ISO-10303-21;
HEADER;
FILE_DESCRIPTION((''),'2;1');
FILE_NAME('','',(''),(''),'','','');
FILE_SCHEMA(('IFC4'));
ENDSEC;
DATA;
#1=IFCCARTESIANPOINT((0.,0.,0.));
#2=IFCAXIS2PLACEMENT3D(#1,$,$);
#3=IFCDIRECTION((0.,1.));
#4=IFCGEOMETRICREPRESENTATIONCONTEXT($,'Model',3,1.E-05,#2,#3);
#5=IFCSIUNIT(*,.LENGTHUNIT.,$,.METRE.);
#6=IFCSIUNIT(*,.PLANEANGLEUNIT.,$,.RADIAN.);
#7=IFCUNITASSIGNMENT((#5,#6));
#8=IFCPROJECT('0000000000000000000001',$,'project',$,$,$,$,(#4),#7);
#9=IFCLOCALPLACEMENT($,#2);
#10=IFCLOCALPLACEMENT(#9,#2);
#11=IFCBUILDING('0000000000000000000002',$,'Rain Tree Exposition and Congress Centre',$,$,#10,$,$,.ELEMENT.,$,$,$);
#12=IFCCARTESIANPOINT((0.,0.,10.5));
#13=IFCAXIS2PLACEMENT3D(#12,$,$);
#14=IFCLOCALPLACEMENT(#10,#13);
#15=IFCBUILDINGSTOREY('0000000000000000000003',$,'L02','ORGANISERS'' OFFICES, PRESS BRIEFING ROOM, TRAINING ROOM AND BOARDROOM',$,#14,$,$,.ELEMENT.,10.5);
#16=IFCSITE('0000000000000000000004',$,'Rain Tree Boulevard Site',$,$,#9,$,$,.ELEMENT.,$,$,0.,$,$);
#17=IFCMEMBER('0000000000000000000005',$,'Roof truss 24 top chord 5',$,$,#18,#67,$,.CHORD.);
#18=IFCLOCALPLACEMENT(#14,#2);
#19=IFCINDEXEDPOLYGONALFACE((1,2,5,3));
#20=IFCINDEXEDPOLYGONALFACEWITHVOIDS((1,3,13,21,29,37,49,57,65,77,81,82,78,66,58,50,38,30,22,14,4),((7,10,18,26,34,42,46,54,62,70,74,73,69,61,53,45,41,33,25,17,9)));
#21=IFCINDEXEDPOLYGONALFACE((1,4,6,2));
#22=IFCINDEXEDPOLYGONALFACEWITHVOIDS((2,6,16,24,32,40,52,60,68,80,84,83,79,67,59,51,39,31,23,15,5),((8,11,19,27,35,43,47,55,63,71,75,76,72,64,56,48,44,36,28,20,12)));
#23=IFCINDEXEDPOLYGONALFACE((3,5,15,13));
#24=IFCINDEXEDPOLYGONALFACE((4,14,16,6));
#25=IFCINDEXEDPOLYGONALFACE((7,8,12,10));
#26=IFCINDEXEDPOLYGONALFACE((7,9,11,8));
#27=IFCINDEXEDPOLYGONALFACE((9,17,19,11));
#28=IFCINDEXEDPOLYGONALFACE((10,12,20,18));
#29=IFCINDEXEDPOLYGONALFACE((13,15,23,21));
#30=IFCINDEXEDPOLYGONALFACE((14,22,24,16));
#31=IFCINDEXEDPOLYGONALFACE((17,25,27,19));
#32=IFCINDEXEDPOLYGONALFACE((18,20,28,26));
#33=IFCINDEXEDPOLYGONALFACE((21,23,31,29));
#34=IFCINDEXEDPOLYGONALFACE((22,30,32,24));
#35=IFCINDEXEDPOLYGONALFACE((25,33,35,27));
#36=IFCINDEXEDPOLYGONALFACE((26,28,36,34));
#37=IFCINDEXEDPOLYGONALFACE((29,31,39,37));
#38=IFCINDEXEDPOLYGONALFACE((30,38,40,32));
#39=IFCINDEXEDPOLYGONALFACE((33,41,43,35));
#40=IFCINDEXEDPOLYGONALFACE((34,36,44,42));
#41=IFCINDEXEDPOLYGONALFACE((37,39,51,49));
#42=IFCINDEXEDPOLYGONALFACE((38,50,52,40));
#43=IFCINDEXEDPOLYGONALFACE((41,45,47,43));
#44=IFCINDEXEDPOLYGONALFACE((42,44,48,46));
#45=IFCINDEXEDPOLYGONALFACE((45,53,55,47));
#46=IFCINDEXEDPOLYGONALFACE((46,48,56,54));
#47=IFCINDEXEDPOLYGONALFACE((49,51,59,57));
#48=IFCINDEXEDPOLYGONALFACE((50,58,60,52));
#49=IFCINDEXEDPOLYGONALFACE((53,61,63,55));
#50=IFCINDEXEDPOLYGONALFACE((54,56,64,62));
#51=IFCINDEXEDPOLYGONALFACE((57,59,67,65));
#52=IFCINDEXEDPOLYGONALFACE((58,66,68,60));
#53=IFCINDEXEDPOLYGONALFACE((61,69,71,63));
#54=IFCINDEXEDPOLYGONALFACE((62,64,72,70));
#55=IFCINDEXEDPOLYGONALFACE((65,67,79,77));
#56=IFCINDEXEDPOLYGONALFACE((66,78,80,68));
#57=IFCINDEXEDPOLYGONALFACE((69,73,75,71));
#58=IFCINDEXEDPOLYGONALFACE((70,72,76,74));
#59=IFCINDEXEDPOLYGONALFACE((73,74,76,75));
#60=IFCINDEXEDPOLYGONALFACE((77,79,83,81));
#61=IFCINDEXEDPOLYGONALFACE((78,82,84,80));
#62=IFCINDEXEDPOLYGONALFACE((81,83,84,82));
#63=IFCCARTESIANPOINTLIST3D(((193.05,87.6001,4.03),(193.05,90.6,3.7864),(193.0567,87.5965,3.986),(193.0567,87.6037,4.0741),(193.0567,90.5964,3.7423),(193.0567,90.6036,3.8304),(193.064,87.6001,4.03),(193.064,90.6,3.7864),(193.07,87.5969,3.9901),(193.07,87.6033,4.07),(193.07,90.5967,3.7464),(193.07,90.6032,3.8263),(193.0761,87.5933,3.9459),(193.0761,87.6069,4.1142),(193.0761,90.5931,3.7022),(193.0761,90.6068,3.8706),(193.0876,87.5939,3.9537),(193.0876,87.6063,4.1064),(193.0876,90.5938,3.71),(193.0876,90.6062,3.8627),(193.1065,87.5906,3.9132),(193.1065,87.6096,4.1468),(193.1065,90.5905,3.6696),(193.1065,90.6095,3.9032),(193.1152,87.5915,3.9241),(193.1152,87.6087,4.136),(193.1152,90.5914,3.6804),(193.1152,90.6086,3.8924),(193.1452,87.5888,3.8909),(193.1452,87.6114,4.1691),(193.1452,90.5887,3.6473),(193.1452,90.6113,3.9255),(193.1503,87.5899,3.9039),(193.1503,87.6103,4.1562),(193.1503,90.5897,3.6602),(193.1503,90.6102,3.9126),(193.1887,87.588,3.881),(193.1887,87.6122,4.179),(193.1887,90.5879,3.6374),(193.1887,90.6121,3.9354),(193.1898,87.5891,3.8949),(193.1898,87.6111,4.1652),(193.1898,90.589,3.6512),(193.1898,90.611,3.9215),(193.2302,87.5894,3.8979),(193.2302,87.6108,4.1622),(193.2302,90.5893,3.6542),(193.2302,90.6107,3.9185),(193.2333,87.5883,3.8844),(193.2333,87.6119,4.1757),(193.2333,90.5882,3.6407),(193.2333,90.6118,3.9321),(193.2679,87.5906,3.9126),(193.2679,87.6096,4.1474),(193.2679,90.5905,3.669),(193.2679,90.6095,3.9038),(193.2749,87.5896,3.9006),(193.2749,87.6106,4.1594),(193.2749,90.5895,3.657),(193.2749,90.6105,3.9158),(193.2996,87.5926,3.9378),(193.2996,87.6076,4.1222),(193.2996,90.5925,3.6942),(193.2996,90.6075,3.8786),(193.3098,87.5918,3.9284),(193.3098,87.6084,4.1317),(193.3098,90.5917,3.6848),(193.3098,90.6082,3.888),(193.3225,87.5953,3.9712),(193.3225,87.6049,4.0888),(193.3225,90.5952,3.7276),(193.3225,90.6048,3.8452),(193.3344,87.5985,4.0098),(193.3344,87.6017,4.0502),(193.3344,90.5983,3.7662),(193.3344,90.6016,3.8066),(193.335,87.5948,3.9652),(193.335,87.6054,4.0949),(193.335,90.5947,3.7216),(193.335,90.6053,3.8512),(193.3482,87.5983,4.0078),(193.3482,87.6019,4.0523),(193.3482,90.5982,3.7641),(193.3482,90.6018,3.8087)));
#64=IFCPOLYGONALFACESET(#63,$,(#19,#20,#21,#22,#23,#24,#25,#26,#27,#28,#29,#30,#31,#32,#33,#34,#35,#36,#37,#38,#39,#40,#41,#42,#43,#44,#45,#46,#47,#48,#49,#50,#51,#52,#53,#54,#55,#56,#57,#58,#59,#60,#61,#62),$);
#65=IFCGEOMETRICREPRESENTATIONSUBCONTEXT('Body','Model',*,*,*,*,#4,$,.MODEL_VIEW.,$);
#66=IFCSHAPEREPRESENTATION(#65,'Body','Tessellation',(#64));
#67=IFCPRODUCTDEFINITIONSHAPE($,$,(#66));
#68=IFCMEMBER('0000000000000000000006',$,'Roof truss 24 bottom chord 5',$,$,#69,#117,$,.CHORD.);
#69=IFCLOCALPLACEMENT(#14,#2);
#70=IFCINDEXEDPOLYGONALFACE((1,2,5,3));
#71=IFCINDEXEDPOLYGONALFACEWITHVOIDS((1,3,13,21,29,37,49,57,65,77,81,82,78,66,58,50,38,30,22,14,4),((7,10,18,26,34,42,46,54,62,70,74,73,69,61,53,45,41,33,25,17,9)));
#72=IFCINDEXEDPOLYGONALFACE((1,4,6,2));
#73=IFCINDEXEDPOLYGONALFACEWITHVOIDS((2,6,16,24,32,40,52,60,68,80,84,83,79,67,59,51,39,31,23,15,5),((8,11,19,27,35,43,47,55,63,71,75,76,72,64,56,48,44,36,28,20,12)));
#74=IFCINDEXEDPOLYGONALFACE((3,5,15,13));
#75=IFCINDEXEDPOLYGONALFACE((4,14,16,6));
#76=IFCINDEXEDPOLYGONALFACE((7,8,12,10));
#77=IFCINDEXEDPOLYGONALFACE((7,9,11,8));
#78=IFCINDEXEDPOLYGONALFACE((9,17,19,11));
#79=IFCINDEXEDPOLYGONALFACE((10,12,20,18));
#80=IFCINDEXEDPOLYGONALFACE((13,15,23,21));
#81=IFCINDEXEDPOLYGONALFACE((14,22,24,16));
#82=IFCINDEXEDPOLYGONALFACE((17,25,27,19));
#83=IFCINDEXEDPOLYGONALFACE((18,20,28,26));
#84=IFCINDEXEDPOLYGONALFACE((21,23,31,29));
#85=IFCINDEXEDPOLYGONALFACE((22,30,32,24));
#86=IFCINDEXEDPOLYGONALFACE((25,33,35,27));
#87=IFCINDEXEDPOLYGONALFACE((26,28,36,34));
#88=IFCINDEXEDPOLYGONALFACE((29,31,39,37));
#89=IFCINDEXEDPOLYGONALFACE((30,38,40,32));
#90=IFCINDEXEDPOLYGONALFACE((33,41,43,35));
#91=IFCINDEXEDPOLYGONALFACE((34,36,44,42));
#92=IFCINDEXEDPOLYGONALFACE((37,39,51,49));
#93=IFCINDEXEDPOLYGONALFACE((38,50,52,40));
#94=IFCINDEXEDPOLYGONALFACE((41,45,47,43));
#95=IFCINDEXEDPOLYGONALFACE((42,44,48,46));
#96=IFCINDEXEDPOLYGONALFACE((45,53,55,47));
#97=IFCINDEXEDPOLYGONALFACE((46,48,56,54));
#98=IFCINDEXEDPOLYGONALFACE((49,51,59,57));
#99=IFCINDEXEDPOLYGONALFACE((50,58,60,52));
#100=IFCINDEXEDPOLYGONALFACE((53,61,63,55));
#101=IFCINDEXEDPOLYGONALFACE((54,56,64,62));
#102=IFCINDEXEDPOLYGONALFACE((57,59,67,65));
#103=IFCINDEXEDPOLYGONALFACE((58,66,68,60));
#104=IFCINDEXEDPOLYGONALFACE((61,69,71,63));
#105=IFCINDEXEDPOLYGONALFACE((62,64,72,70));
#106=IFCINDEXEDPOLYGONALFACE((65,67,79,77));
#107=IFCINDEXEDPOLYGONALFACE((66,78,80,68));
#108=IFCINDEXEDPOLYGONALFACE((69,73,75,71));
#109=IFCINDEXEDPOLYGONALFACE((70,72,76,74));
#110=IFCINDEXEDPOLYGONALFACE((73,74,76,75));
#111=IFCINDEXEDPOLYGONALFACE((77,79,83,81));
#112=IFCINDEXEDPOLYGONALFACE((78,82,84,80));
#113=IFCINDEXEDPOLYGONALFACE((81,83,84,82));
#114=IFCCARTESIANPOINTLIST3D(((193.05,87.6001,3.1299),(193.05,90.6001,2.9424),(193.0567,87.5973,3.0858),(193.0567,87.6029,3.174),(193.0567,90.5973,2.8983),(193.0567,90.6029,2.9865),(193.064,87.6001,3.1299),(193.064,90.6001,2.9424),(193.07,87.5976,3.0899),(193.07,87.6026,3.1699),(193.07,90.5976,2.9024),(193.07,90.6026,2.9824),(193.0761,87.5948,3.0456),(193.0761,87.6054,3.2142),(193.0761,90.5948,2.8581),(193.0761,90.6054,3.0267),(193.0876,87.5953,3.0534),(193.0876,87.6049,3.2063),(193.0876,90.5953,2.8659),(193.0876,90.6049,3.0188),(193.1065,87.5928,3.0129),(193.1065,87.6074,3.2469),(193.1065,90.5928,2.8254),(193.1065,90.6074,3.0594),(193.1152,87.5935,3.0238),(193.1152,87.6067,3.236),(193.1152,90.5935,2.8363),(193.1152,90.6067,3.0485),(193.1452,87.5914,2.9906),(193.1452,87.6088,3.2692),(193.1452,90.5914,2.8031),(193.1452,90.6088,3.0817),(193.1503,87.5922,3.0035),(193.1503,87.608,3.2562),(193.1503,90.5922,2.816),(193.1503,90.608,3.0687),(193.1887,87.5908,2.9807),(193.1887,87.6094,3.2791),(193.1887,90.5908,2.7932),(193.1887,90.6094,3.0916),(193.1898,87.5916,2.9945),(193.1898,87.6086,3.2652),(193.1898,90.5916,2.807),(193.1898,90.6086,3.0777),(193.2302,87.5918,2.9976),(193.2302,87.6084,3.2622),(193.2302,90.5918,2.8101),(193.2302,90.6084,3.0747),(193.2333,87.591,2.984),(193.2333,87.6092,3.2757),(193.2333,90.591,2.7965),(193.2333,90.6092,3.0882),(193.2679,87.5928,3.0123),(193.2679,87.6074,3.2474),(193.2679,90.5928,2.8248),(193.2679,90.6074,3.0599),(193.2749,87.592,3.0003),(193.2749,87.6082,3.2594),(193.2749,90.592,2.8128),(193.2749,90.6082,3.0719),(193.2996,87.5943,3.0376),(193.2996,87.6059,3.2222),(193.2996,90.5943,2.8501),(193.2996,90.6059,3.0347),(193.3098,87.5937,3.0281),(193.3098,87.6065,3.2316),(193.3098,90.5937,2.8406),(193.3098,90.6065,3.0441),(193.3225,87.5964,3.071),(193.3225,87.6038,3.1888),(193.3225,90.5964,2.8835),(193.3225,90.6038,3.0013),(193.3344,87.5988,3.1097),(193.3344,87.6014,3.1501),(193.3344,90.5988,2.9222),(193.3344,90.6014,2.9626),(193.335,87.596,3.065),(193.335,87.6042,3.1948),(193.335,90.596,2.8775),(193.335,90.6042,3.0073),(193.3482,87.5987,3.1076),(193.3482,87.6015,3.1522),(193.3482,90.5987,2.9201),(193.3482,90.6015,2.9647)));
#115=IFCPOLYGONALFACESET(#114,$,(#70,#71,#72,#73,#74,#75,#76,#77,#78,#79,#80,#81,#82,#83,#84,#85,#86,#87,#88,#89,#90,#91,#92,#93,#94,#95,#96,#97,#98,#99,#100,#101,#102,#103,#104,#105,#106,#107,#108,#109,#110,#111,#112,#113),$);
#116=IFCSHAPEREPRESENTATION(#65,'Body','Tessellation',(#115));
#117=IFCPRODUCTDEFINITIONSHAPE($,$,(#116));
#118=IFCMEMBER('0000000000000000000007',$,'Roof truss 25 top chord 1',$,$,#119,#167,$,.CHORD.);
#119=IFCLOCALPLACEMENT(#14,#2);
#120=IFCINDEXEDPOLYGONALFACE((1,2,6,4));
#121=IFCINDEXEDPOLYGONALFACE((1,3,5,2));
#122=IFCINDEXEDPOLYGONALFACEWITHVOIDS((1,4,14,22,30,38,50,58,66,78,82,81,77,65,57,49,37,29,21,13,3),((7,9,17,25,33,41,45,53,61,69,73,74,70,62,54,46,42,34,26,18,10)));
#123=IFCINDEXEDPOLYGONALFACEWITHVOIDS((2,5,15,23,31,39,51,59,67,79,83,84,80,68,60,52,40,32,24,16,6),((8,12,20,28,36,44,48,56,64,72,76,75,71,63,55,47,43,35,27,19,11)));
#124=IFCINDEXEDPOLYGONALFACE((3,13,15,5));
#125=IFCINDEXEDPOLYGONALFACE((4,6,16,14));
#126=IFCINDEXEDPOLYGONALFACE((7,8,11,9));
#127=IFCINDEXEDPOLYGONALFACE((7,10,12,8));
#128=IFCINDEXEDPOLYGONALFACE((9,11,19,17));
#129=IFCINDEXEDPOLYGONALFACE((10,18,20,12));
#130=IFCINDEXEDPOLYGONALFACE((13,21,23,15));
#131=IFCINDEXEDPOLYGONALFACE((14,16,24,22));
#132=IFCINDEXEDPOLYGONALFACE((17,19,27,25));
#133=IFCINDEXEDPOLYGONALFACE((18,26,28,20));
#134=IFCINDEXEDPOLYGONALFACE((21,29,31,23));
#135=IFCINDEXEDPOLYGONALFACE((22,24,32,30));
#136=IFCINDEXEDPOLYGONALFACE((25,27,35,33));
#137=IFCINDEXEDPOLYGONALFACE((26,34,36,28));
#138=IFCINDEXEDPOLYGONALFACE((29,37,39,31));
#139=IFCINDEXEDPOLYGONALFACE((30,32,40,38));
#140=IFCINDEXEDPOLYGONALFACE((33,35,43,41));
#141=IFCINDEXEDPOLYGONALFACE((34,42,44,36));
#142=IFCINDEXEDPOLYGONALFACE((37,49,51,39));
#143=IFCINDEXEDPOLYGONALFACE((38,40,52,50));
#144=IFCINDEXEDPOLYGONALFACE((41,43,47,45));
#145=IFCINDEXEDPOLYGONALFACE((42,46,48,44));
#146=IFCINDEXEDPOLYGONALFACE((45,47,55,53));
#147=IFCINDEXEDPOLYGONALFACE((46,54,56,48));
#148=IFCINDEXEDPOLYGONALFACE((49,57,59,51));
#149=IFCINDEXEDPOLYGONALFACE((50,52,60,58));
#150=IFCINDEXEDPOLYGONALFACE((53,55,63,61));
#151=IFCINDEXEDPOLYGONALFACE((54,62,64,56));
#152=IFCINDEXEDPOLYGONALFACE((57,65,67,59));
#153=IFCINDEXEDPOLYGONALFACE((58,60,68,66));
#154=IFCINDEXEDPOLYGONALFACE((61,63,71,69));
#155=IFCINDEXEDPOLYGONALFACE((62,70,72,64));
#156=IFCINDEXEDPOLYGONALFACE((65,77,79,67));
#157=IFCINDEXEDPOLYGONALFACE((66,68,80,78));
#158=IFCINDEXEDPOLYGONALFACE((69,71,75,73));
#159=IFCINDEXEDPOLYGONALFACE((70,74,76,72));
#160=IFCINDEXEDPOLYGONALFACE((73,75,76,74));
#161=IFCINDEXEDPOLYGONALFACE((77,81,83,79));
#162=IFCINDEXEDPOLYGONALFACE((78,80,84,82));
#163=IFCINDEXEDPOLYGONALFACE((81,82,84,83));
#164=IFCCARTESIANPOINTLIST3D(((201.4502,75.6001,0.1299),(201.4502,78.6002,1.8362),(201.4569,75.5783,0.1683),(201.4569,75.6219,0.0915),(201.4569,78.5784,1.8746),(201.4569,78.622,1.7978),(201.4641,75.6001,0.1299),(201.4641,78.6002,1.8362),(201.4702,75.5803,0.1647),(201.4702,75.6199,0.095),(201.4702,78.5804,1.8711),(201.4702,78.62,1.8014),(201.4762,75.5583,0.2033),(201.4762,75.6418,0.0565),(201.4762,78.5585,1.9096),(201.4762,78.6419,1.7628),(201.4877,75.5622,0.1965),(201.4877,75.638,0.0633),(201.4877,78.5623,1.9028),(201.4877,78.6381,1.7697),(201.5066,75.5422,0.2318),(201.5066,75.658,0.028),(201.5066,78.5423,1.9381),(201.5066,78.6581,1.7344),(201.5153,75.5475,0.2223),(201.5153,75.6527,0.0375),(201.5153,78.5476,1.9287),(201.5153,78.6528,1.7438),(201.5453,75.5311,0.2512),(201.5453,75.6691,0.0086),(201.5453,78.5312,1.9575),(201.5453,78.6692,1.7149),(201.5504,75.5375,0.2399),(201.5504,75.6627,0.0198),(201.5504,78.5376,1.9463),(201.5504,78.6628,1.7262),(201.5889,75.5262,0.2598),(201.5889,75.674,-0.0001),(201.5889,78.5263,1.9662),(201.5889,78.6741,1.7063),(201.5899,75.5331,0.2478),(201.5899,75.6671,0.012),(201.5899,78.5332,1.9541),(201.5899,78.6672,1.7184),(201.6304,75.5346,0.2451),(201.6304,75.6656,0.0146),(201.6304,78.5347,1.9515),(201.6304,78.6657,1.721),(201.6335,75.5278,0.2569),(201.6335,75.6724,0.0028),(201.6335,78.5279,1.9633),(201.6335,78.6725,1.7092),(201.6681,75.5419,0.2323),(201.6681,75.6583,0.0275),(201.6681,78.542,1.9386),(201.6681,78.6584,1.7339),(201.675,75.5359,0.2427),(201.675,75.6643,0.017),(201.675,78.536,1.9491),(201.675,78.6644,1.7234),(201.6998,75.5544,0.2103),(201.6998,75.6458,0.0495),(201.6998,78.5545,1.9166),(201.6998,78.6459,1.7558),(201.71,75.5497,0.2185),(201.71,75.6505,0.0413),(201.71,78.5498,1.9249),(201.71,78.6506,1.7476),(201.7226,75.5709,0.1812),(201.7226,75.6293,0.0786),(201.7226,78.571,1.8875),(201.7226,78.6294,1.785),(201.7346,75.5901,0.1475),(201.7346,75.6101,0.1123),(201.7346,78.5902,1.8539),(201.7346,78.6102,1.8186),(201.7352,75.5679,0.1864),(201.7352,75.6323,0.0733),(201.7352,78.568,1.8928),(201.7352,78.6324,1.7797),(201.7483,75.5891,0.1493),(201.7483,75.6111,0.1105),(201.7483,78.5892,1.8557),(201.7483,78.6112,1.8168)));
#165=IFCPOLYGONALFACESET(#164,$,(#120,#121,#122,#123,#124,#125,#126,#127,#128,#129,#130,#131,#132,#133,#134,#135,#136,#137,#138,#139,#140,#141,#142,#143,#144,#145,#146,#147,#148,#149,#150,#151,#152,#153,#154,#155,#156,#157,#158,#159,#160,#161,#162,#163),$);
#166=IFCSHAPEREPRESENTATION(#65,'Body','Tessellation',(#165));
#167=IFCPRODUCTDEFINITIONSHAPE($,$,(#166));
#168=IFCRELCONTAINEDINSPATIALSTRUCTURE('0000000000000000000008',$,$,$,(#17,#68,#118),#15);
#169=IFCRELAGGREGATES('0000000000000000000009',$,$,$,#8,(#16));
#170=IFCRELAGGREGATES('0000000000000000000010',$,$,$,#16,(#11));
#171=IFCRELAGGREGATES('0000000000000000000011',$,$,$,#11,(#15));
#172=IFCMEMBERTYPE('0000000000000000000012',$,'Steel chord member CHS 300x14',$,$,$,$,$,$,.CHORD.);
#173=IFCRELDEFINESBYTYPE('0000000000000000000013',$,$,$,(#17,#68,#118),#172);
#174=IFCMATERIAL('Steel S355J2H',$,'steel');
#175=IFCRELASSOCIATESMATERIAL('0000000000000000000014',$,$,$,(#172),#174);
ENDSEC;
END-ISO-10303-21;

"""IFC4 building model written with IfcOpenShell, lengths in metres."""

from ifc_helpers import new_model, si_unit, direction, frame, origin, origin_2d, place, context, subcontext, project, spatial, hollow_circle, extrude, material, material_profile, profile_set, type_object, element, save


model = new_model("IFC4")

# Units and contexts
model_context = context("Model", 3, precision=1e-05, world=origin(), true_north=direction((0.0, 1.0)))
body_context = subcontext(model_context, "Body", "Model", "MODEL_VIEW")
ifc_project = project(units=[si_unit("LENGTHUNIT", "METRE"), si_unit("PLANEANGLEUNIT", "RADIAN")], contexts=[model_context])

# Site, building, storey
site_placement = place(None, origin())
site = spatial("IfcSite", under=ifc_project, at=site_placement, Name="Rain Tree Boulevard Site", CompositionType="ELEMENT", RefElevation=0.0)
building_placement = place(site_placement, origin())
building = spatial("IfcBuilding", under=site, at=building_placement, Name="Rain Tree Exposition and Congress Centre", CompositionType="ELEMENT")
storey_placement = place(building_placement, frame((0.0, 0.0, 10.5)))
storey = spatial("IfcBuildingStorey", under=building, at=storey_placement, Name="L02", Description="ORGANISERS' OFFICES, PRESS BRIEFING ROOM, TRAINING ROOM AND BOARDROOM", CompositionType="ELEMENT", Elevation=10.5)

# Members
ifc_material_1 = material(Name="Steel S355J2H", Category="steel")
ifc_material_profile_1 = material_profile(ifc_material_1, hollow_circle(Radius=0.1499, WallThickness=0.0139, at=origin_2d()), Name="CHS 300x14")
ifc_profile_set_1 = profile_set([ifc_material_profile_1], Name="Steel S355J2H")
member_type_1 = type_object("IfcMemberType", Name="Steel chord member CHS 300x14", PredefinedType="CHORD", material=ifc_profile_set_1)
member_1_placement = place(storey_placement, frame((193.2, 87.6001, 4.03), z_axis=(0.0, 0.996718, -0.080951), x_axis=(-1.0, 0.0, 0.0)))
element("IfcMember", 1, at=member_1_placement, inside=storey, type_object=member_type_1, Name="Roof truss 24 top chord 5", PredefinedType="CHORD", context=body_context, shape_type="SweptSolid", body=[
    extrude(hollow_circle(Radius=0.1499, WallThickness=0.0139, at=origin_2d()), origin(), (0.0, 0.0, 1.0), 3.0098),
])
member_2_placement = place(storey_placement, frame((193.2, 87.6001, 3.1299), z_axis=(0.0, 0.998053, -0.062378), x_axis=(-1.0, 0.0, 0.0)))
element("IfcMember", 2, at=member_2_placement, inside=storey, type_object=member_type_1, Name="Roof truss 24 bottom chord 5", PredefinedType="CHORD", context=body_context, shape_type="SweptSolid", body=[
    extrude(hollow_circle(Radius=0.1499, WallThickness=0.0139, at=origin_2d()), origin(), (0.0, 0.0, 1.0), 3.0059),
])
member_3_placement = place(storey_placement, frame((201.6001, 75.6001, 0.1299), z_axis=(0.0, 0.869238, 0.494393), x_axis=(-1.0, 0.0, 0.0)))
element("IfcMember", 3, at=member_3_placement, inside=storey, type_object=member_type_1, Name="Roof truss 25 top chord 1", PredefinedType="CHORD", context=body_context, shape_type="SweptSolid", body=[
    extrude(hollow_circle(Radius=0.1499, WallThickness=0.0139, at=origin_2d()), origin(), (0.0, 0.0, 1.0), 3.4514),
])

save(model, "model.ifc")
